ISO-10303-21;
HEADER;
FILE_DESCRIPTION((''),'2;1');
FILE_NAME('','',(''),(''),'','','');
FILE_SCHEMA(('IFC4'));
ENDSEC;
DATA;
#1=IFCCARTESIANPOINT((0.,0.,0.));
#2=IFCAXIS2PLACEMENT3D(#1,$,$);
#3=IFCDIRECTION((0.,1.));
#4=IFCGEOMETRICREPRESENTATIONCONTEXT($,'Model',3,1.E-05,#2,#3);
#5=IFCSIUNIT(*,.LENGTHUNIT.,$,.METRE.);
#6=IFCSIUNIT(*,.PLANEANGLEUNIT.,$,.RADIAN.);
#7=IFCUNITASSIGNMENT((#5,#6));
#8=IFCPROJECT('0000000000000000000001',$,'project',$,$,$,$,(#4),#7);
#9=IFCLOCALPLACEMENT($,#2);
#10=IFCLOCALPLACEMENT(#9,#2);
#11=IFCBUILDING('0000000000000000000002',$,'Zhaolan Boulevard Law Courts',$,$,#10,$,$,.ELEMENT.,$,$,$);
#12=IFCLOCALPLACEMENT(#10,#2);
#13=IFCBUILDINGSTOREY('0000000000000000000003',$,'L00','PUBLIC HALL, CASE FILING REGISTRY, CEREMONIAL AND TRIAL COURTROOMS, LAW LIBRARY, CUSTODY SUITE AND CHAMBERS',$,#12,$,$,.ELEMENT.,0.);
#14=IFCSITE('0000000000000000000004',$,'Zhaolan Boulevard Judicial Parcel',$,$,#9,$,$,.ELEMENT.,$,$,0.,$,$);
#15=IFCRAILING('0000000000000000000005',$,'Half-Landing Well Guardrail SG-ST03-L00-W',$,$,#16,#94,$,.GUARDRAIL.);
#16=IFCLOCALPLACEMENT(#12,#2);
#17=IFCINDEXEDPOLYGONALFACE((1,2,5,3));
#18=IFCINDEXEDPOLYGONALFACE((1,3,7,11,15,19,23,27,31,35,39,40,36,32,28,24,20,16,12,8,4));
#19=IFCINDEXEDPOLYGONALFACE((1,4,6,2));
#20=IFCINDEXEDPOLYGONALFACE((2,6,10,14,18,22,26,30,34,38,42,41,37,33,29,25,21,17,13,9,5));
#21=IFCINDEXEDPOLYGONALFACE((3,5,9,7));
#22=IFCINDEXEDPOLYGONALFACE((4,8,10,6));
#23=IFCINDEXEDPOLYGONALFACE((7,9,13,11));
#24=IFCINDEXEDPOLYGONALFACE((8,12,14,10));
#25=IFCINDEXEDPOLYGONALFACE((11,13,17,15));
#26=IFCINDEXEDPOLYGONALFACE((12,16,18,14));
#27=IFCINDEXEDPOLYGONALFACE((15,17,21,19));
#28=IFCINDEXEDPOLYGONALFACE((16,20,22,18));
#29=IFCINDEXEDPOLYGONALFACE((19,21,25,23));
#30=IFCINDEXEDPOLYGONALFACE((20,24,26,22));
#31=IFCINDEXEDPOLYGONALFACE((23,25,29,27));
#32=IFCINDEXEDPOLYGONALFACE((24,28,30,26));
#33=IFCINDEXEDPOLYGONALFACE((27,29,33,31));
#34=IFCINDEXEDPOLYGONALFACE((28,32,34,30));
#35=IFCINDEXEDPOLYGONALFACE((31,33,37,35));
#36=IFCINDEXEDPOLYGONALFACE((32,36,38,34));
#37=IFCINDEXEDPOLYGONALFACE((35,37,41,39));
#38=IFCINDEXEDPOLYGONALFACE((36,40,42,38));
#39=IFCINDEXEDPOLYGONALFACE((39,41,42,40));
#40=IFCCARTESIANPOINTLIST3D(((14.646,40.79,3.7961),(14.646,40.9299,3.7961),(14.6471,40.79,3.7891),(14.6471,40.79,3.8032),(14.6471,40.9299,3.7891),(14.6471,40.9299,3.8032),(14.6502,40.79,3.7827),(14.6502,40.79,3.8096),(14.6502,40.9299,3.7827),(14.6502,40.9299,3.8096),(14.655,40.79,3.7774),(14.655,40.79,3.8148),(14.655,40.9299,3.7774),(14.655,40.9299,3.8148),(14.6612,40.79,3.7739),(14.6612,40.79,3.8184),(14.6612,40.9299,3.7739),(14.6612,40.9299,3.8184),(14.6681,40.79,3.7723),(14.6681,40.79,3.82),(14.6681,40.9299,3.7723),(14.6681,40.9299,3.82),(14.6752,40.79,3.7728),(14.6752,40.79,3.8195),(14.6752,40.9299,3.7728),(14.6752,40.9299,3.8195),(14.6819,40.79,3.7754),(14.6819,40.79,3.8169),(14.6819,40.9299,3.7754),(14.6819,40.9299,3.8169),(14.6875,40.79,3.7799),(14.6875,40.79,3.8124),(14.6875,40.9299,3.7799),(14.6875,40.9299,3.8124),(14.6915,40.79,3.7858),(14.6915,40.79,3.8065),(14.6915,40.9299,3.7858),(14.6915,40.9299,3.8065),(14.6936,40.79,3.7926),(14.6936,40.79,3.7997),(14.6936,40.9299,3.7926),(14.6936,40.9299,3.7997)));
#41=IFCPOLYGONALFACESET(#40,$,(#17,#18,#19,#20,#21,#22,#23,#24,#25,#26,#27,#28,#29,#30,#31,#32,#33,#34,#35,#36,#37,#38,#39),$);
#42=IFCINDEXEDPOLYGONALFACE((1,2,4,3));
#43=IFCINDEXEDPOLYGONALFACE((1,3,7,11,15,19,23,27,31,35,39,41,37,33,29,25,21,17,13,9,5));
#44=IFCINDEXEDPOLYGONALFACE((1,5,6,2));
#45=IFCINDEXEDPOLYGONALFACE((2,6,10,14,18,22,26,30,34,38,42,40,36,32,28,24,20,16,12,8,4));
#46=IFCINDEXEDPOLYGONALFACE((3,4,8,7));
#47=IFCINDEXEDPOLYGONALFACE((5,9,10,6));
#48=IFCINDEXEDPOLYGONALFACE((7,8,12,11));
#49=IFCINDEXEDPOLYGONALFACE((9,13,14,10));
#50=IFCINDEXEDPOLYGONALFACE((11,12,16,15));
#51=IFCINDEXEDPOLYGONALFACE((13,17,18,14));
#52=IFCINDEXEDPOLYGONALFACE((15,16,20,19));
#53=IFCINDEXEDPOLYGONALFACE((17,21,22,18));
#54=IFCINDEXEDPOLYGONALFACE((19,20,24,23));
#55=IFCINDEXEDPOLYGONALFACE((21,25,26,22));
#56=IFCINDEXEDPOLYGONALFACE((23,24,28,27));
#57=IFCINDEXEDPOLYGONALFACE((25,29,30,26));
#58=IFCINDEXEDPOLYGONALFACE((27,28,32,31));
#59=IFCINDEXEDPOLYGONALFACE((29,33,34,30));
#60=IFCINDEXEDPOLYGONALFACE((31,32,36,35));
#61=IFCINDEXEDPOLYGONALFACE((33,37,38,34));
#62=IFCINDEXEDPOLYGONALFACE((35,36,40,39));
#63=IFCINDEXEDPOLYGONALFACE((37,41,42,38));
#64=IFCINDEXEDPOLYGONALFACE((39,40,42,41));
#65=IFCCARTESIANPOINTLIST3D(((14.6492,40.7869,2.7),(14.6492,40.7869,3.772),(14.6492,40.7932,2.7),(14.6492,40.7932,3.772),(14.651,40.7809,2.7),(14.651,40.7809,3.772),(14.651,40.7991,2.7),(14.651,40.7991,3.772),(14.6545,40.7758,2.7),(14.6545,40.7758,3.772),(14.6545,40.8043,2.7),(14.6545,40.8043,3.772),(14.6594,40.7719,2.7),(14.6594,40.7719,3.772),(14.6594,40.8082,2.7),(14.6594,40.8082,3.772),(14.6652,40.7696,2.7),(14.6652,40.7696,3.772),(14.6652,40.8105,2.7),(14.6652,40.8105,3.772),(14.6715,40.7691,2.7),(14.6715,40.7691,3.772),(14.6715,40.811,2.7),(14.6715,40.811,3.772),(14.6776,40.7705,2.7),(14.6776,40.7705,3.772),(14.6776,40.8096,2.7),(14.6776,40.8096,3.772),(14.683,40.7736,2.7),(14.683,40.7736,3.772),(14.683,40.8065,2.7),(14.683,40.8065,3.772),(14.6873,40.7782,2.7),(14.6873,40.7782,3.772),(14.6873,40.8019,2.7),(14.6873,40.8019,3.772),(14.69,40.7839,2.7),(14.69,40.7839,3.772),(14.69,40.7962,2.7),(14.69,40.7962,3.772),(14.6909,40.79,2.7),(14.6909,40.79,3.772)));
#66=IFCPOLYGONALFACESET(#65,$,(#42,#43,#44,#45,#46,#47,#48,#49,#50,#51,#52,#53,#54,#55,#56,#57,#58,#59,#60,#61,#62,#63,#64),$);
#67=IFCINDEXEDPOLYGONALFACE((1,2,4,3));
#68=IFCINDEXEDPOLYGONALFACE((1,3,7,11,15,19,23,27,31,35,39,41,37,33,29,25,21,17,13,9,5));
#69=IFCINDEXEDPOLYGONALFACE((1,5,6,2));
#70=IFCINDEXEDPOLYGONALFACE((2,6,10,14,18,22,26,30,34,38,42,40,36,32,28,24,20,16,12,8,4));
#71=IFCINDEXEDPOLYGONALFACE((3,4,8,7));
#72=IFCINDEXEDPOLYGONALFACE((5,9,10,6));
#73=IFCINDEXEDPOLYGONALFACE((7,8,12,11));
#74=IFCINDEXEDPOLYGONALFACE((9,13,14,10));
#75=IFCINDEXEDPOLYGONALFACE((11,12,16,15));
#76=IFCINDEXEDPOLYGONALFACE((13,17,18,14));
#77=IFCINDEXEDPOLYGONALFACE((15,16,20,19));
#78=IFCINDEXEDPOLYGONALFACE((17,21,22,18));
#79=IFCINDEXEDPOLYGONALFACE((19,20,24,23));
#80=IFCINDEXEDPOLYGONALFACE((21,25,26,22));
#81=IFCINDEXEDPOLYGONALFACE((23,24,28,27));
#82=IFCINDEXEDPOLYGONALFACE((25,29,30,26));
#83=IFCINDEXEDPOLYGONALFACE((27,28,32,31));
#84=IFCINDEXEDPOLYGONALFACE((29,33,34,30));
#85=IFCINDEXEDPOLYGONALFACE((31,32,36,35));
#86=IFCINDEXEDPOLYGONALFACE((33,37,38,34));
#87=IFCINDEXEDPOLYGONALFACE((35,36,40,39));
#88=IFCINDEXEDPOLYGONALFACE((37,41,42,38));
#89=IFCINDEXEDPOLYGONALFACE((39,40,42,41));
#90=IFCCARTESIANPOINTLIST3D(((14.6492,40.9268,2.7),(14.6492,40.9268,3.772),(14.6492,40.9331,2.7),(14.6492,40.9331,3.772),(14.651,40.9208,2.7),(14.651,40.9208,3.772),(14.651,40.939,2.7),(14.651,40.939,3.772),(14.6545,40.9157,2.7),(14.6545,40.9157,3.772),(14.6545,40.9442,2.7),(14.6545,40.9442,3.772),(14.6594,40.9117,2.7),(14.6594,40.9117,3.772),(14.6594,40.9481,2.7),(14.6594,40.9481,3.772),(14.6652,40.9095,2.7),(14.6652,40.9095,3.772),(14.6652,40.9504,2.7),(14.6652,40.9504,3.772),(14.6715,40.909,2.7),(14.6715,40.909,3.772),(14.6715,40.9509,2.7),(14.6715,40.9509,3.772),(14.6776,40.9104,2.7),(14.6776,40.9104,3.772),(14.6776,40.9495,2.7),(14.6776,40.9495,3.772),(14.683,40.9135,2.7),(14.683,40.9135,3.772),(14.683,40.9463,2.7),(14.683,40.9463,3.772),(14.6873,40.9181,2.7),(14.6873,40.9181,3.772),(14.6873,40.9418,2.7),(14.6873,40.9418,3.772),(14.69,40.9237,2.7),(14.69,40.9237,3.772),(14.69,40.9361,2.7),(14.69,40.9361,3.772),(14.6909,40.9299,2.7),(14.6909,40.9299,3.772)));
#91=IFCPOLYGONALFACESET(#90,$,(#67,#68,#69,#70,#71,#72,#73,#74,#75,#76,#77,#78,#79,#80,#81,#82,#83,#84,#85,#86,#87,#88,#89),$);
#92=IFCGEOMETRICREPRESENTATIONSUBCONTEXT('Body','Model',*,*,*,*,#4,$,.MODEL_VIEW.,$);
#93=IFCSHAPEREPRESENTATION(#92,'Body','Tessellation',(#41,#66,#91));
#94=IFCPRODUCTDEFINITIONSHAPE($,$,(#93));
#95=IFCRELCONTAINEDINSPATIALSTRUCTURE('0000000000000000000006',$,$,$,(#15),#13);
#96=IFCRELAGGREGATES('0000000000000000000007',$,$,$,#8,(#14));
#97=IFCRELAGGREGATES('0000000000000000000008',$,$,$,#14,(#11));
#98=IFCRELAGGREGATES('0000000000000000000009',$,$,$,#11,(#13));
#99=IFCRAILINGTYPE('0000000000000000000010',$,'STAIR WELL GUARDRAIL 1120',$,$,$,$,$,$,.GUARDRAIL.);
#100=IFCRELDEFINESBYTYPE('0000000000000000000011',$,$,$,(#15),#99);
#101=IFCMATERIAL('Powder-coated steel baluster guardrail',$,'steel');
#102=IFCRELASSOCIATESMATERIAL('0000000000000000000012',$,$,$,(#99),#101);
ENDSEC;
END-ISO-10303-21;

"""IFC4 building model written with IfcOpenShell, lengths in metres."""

from ifc_helpers import new_model, si_unit, direction, frame, origin, origin_2d, place, context, subcontext, project, spatial, circle, extrude, material, type_object, element, save


model = new_model("IFC4")

# Units and contexts
model_context = context("Model", 3, precision=1e-05, world=origin(), true_north=direction((0.0, 1.0)))
body_context = subcontext(model_context, "Body", "Model", "MODEL_VIEW")
ifc_project = project(units=[si_unit("LENGTHUNIT", "METRE"), si_unit("PLANEANGLEUNIT", "RADIAN")], contexts=[model_context])

# Site, building, storey
site_placement = place(None, origin())
site = spatial("IfcSite", under=ifc_project, at=site_placement, Name="Zhaolan Boulevard Judicial Parcel", CompositionType="ELEMENT", RefElevation=0.0)
building_placement = place(site_placement, origin())
building = spatial("IfcBuilding", under=site, at=building_placement, Name="Zhaolan Boulevard Law Courts", CompositionType="ELEMENT")
storey_placement = place(building_placement, origin())
storey = spatial("IfcBuildingStorey", under=building, at=storey_placement, Name="L00", Description="PUBLIC HALL, CASE FILING REGISTRY, CEREMONIAL AND TRIAL COURTROOMS, LAW LIBRARY, CUSTODY SUITE AND CHAMBERS", CompositionType="ELEMENT", Elevation=0.0)

# Railing
ifc_material_1 = material(Name="Powder-coated steel baluster guardrail", Category="steel")
railing_type_1 = type_object("IfcRailingType", Name="STAIR WELL GUARDRAIL 1120", PredefinedType="GUARDRAIL", material=ifc_material_1)
railing_1_placement = place(storey_placement, frame((14.6699, 40.79, 2.7)))
element("IfcRailing", 1, at=railing_1_placement, inside=storey, type_object=railing_type_1, Name="Half-Landing Well Guardrail SG-ST03-L00-W", PredefinedType="GUARDRAIL", context=body_context, shape_type="SweptSolid", body=[
    extrude(circle(Radius=0.0239, at=origin_2d()), frame((0.0, 0.0, 1.0962), z_axis=(0.0, 1.0, 0.0), x_axis=(-1.0, 0.0, 0.0)), (0.0, 0.0, 1.0), 0.1399),
    extrude(circle(Radius=0.021, at=origin_2d()), origin(), (0.0, 0.0, 1.0), 1.072),
    extrude(circle(Radius=0.021, at=origin_2d()), frame((0.0, 0.1399, 0.0)), (0.0, 0.0, 1.0), 1.072),
])

save(model, "model.ifc")
